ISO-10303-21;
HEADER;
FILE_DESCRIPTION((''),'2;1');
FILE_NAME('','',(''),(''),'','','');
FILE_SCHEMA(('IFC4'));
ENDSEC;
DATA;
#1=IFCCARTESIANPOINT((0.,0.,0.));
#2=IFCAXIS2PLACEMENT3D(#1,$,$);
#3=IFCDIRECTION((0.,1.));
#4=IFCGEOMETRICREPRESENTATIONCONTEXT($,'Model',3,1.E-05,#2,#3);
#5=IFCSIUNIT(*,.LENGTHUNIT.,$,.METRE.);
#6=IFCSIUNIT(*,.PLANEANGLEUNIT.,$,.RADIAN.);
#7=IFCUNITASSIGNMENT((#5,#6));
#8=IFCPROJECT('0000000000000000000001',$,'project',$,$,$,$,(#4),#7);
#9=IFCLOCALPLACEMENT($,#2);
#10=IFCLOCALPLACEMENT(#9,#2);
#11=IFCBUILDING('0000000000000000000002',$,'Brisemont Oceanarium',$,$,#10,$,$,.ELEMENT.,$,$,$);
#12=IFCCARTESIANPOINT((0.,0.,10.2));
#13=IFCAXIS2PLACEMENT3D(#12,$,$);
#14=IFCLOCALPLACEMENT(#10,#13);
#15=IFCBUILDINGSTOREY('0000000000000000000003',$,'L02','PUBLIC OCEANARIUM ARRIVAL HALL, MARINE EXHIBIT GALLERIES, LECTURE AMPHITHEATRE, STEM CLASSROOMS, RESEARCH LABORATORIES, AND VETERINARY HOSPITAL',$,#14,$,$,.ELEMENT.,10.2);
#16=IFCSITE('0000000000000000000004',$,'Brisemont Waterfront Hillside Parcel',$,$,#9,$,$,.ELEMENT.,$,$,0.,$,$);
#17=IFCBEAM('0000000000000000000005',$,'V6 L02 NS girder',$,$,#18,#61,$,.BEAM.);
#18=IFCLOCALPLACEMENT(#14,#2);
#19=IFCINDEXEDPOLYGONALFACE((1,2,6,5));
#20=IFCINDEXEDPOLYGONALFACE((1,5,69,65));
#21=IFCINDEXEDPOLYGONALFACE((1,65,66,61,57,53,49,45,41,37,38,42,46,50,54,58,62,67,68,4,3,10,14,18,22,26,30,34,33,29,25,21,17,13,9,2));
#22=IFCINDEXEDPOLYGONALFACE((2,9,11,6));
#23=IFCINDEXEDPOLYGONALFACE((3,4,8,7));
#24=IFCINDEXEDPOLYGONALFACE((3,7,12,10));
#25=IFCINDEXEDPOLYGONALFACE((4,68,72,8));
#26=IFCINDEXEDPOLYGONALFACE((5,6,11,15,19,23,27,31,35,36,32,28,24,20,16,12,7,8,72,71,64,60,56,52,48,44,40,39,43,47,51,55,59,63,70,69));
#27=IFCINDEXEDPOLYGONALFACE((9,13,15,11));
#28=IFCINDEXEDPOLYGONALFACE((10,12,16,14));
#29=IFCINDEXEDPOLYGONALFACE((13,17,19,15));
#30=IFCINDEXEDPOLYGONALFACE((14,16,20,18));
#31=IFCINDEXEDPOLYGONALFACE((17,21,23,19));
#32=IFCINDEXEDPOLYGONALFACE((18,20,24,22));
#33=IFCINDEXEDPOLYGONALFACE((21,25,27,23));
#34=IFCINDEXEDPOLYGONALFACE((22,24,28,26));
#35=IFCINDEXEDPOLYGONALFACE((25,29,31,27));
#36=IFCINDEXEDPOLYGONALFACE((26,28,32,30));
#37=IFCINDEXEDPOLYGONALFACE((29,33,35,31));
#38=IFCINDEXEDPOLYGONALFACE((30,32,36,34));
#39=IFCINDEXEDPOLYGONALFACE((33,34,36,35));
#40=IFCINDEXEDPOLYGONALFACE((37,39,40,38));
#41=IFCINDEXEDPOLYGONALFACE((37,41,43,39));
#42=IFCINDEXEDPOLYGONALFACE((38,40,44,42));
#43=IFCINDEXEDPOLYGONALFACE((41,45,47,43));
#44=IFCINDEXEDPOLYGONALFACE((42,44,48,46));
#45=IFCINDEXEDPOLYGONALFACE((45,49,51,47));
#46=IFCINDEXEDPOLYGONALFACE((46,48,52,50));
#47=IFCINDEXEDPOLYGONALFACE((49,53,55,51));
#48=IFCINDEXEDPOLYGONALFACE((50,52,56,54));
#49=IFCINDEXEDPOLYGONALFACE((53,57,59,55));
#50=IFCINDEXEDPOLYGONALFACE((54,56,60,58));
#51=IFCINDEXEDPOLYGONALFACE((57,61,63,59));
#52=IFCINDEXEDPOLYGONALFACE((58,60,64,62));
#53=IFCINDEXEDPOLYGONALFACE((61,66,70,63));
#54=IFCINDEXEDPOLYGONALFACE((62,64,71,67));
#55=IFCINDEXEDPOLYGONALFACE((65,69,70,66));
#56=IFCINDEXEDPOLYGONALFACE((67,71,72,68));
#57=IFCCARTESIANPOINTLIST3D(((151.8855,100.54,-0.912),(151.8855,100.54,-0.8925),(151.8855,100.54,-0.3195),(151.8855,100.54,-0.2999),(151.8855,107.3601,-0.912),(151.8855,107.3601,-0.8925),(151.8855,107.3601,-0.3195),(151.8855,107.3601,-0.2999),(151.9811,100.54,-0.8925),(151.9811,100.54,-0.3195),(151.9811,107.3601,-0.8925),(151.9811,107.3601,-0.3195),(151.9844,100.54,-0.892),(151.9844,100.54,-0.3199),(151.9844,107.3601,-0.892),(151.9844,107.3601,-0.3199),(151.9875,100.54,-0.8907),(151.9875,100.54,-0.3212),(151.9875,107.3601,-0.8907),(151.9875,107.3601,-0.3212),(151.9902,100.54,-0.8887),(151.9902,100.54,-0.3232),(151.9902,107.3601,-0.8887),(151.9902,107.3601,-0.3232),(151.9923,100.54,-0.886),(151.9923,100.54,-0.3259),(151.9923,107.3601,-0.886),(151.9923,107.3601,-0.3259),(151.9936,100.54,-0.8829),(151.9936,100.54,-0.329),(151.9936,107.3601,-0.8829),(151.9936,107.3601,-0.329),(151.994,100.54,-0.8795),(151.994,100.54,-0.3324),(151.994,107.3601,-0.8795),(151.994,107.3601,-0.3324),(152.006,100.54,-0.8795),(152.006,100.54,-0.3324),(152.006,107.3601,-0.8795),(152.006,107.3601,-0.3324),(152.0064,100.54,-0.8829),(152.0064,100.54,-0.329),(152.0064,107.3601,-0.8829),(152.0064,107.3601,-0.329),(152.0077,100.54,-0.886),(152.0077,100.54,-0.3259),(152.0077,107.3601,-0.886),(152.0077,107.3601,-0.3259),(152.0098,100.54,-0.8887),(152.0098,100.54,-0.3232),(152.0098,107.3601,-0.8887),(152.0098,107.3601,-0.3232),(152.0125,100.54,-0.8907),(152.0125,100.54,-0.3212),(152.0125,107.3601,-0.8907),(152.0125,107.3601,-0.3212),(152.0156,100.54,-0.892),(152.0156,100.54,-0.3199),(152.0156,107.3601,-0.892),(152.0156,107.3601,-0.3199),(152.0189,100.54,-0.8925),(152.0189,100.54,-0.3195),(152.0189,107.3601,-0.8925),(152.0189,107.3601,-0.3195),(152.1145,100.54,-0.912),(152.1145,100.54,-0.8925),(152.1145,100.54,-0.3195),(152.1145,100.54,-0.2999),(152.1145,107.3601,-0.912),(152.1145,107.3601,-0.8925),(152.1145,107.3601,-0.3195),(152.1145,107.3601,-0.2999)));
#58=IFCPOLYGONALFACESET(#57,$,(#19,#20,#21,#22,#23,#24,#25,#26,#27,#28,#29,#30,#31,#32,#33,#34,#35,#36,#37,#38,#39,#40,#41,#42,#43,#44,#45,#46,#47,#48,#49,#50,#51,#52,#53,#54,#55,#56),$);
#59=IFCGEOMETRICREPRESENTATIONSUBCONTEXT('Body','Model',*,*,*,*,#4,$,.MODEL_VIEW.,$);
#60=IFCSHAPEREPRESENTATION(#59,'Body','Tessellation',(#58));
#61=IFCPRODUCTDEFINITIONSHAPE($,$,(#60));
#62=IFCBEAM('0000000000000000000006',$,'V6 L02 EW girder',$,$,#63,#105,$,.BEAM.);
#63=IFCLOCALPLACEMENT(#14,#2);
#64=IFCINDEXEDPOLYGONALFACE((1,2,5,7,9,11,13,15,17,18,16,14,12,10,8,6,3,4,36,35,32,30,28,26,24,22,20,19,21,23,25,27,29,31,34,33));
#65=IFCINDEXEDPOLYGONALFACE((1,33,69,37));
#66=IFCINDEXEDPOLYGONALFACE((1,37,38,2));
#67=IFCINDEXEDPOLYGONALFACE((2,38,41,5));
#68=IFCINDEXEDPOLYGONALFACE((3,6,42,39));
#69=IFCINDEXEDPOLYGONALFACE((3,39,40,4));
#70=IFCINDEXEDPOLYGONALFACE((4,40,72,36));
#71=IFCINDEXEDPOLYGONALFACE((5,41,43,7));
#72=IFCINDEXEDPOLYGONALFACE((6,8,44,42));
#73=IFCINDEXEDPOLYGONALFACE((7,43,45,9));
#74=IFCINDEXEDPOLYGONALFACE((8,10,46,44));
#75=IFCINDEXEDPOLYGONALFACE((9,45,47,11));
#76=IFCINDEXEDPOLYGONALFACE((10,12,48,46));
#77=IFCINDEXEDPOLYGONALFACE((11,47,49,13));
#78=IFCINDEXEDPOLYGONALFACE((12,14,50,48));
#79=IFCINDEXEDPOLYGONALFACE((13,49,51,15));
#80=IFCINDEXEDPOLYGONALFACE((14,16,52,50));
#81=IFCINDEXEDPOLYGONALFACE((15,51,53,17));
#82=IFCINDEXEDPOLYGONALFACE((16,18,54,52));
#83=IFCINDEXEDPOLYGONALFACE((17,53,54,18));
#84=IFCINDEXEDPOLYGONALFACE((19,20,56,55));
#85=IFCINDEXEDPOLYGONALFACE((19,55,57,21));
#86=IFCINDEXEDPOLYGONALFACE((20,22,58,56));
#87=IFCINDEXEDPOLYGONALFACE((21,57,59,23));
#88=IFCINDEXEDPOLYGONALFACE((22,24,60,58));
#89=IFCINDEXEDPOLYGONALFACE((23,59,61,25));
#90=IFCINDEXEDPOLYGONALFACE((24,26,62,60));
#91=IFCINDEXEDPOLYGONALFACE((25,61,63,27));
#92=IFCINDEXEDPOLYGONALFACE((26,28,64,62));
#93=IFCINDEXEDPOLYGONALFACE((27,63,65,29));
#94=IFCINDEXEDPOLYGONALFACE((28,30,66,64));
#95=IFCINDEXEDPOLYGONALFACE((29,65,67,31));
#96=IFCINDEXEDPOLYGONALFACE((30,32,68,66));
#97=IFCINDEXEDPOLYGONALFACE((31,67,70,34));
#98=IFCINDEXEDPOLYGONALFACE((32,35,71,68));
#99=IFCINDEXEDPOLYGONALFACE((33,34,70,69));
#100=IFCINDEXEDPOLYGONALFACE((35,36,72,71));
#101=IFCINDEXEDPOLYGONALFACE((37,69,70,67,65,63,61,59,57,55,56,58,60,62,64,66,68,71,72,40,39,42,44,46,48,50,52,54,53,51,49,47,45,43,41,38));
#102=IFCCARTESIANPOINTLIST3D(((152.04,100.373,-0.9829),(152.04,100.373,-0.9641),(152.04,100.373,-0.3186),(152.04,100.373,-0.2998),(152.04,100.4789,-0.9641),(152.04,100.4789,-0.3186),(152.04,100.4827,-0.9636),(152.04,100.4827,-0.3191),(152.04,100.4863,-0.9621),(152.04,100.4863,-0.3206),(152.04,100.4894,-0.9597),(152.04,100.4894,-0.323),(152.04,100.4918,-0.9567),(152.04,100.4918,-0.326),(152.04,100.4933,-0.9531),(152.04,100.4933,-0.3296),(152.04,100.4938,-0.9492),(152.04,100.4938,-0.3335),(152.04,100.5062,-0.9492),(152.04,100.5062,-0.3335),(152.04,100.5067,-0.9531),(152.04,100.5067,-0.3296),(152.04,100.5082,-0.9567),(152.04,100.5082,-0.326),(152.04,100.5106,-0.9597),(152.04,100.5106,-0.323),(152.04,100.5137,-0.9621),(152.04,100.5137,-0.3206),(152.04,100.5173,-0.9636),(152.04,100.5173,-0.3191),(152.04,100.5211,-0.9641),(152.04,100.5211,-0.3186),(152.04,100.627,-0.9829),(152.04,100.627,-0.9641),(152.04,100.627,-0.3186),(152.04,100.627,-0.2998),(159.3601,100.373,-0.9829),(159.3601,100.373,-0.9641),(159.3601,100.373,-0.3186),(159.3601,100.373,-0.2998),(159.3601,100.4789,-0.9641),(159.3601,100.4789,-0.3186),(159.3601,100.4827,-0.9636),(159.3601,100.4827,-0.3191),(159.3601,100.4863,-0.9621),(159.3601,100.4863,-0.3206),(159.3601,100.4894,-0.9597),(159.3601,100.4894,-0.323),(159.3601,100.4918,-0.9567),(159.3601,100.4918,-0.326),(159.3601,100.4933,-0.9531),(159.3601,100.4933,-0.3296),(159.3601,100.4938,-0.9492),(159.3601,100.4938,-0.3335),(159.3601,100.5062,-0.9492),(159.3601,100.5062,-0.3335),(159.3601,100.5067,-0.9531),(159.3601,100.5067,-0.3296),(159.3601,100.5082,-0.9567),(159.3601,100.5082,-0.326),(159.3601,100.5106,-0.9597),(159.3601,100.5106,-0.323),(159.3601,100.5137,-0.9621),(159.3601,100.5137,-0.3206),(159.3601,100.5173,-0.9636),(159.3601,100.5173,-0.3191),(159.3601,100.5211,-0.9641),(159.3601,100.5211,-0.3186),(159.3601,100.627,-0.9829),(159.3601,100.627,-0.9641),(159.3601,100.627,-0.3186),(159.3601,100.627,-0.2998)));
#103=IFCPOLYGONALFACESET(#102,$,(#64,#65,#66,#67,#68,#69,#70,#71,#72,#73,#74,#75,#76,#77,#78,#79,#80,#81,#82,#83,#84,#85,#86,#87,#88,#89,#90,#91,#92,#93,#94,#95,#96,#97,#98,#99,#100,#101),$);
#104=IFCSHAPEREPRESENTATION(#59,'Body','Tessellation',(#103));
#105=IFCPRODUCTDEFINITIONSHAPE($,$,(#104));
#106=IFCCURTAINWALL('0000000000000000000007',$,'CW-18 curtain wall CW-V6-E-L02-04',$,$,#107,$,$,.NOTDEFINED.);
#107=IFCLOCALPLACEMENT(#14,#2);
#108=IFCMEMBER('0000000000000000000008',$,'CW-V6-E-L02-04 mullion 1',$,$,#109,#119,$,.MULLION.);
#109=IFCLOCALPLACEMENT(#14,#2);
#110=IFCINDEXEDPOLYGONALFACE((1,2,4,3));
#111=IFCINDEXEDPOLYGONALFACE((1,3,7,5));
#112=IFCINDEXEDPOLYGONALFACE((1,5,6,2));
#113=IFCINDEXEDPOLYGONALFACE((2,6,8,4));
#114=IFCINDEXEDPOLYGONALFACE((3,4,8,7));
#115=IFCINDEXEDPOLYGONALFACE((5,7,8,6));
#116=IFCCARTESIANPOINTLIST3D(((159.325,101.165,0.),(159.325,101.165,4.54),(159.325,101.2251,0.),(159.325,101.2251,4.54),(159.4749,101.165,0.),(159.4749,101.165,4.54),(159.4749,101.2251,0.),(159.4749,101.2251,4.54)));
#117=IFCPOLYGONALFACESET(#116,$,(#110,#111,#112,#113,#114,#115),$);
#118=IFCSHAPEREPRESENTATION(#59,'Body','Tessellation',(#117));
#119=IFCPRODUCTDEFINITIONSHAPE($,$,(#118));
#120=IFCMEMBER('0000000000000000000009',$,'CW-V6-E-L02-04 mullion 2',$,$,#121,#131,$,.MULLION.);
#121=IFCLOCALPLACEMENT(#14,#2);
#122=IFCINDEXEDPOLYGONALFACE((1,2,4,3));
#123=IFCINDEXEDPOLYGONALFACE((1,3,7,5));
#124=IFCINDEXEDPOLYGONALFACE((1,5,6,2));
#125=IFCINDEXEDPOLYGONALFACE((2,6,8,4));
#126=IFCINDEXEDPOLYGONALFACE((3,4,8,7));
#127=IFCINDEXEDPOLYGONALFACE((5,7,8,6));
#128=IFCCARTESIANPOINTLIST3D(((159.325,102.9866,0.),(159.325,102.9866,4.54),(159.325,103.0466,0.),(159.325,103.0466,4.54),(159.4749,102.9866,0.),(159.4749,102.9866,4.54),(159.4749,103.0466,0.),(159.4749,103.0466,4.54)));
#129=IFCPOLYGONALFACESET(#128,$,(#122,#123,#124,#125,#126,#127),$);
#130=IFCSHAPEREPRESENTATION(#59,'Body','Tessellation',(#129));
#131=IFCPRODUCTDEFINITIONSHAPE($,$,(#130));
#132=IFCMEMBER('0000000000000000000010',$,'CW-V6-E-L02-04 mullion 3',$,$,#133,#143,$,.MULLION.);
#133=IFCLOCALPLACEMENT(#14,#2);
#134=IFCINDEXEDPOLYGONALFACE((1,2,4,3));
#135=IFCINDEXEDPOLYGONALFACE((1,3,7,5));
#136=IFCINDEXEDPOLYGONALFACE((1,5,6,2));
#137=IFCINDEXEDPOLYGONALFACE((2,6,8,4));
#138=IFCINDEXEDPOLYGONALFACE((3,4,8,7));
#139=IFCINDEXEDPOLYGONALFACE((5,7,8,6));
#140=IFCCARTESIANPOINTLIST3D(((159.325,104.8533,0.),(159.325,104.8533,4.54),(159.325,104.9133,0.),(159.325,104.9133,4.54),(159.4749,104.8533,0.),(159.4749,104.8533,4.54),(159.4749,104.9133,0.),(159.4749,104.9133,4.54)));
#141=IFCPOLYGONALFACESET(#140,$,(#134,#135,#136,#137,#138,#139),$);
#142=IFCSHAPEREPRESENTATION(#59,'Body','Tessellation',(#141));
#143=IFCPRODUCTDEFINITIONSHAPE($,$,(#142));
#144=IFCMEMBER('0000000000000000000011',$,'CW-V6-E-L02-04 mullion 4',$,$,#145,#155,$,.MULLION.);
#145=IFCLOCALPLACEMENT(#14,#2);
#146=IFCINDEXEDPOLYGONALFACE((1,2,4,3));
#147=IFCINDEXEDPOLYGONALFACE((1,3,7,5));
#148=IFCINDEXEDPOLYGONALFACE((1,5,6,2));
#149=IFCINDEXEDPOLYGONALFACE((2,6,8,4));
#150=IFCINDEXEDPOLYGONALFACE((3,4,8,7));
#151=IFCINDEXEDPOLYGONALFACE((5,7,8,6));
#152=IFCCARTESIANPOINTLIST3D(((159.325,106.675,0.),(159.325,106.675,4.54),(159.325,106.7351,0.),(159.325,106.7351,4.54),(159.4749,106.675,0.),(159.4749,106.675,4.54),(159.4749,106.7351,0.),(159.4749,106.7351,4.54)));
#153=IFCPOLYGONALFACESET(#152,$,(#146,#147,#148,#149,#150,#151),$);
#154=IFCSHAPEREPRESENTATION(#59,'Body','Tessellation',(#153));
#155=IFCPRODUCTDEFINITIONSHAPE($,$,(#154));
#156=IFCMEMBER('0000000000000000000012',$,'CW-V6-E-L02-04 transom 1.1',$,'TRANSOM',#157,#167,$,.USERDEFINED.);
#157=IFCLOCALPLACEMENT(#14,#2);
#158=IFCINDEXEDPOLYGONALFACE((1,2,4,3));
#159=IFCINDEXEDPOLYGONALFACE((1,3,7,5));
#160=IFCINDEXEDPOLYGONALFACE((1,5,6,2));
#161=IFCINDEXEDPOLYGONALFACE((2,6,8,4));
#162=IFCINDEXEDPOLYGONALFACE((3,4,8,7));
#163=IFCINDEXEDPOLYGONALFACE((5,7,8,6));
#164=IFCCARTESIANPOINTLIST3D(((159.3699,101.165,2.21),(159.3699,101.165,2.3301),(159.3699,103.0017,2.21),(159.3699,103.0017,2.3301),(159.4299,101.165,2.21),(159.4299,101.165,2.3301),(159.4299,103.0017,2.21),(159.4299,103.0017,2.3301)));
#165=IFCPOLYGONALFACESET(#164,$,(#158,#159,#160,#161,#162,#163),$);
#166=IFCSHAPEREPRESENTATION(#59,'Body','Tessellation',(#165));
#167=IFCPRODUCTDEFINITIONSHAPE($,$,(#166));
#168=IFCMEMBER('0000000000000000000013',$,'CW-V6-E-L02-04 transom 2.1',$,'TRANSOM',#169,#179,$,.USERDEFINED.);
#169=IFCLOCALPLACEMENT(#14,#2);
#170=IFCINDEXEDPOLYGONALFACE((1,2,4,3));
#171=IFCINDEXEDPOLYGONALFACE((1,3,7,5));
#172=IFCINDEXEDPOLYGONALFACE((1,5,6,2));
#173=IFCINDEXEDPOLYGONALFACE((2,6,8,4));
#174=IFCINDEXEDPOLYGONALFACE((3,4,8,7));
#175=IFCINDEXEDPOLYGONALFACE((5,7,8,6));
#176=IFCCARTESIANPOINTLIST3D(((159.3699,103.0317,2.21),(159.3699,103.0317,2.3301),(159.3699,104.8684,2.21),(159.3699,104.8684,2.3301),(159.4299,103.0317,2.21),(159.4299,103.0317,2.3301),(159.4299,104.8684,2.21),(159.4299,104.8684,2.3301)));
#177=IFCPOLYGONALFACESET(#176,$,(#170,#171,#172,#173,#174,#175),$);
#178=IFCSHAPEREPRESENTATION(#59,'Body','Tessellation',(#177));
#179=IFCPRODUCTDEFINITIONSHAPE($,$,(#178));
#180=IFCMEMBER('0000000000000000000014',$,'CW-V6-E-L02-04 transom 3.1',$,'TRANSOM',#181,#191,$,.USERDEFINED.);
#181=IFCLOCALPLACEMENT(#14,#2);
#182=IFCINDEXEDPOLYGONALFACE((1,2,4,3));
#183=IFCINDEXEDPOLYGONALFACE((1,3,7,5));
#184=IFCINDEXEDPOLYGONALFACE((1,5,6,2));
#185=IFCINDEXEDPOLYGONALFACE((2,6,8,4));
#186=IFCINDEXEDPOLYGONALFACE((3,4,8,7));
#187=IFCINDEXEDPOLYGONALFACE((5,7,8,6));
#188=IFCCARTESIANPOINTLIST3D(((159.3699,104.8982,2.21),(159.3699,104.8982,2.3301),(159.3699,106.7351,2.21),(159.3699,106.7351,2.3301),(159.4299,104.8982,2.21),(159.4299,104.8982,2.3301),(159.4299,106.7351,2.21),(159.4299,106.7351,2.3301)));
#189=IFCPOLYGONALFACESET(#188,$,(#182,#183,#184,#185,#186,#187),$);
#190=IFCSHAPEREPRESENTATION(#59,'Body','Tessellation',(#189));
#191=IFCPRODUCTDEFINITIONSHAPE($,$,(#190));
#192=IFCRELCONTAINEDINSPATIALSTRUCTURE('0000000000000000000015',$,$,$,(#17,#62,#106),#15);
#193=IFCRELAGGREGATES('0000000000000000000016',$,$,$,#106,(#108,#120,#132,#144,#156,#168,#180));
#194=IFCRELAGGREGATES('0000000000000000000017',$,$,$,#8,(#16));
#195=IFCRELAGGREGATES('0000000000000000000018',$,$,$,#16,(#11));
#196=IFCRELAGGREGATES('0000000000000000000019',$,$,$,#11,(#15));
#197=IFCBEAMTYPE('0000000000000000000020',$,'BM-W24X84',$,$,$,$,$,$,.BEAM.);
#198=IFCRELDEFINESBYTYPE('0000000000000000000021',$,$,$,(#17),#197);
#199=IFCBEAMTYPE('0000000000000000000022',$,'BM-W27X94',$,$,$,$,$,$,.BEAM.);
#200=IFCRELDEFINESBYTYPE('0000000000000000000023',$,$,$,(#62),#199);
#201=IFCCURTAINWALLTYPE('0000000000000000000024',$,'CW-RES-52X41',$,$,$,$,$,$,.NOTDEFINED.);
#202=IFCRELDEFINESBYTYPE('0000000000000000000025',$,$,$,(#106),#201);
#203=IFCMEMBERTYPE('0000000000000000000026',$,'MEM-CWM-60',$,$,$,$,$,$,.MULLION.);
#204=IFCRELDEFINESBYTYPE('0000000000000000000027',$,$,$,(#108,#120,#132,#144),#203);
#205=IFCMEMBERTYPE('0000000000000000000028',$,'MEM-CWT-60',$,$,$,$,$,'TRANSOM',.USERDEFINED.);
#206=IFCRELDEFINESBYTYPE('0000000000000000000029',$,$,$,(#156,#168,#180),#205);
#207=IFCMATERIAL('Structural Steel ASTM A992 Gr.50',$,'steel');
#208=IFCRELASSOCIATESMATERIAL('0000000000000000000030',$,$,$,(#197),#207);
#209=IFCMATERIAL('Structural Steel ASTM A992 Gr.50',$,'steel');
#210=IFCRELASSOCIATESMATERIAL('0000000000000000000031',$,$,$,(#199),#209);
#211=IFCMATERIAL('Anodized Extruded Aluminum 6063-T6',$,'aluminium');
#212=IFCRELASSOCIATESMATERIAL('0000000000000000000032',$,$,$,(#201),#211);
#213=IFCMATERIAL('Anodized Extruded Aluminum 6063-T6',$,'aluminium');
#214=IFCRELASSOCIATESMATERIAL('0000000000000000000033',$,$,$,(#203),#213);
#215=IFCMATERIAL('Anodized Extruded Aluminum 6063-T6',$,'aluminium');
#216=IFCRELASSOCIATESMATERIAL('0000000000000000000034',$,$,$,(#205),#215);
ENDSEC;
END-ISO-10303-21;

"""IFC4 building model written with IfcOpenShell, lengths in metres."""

from ifc_helpers import new_model, si_unit, direction, frame, origin, origin_2d, place, context, subcontext, project, spatial, rectangle, i_section, extrude, material, material_profile, profile_set, type_object, element, aggregate, save


model = new_model("IFC4")

# Units and contexts
model_context = context("Model", 3, precision=1e-05, world=origin(), true_north=direction((0.0, 1.0)))
body_context = subcontext(model_context, "Body", "Model", "MODEL_VIEW")
ifc_project = project(units=[si_unit("LENGTHUNIT", "METRE"), si_unit("PLANEANGLEUNIT", "RADIAN")], contexts=[model_context])

# Site, building, storey
site_placement = place(None, origin())
site = spatial("IfcSite", under=ifc_project, at=site_placement, Name="Brisemont Waterfront Hillside Parcel", CompositionType="ELEMENT", RefElevation=0.0)
building_placement = place(site_placement, origin())
building = spatial("IfcBuilding", under=site, at=building_placement, Name="Brisemont Oceanarium", CompositionType="ELEMENT")
storey_placement = place(building_placement, frame((0.0, 0.0, 10.2)))
storey = spatial("IfcBuildingStorey", under=building, at=storey_placement, Name="L02", Description="PUBLIC OCEANARIUM ARRIVAL HALL, MARINE EXHIBIT GALLERIES, LECTURE AMPHITHEATRE, STEM CLASSROOMS, RESEARCH LABORATORIES, AND VETERINARY HOSPITAL", CompositionType="ELEMENT", Elevation=10.2)

# Beams
ifc_material_1 = material(Name="Structural Steel ASTM A992 Gr.50", Category="steel")
ifc_material_profile_1 = material_profile(ifc_material_1, i_section(OverallWidth=0.229, OverallDepth=0.6121, WebThickness=0.012, FlangeThickness=0.0195, FilletRadius=0.0129, at=origin_2d()), Name="W24X84")
ifc_profile_set_1 = profile_set([ifc_material_profile_1], Name="Structural Steel ASTM A992 Gr.50")
beam_type_1 = type_object("IfcBeamType", Name="BM-W24X84", PredefinedType="BEAM", material=ifc_profile_set_1)
beam_1_placement = place(storey_placement, frame((152.0, 100.54, -0.606), z_axis=(0.0, 1.0, 0.0), x_axis=(-1.0, 0.0, 0.0)))
element("IfcBeam", 1, at=beam_1_placement, inside=storey, type_object=beam_type_1, Name="V6 L02 NS girder", PredefinedType="BEAM", context=body_context, shape_type="SweptSolid", body=[
    extrude(i_section(OverallWidth=0.229, OverallDepth=0.6121, WebThickness=0.012, FlangeThickness=0.0195, FilletRadius=0.0129, at=origin_2d()), origin(), (0.0, 0.0, 1.0), 6.8201),
])
ifc_material_2 = material(Name="Structural Steel ASTM A992 Gr.50", Category="steel")
ifc_material_profile_2 = material_profile(ifc_material_2, i_section(OverallWidth=0.2539, OverallDepth=0.6831, WebThickness=0.0125, FlangeThickness=0.0188, FilletRadius=0.0149, at=origin_2d()), Name="W27X94")
ifc_profile_set_2 = profile_set([ifc_material_profile_2], Name="Structural Steel ASTM A992 Gr.50")
beam_type_2 = type_object("IfcBeamType", Name="BM-W27X94", PredefinedType="BEAM", material=ifc_profile_set_2)
beam_2_placement = place(storey_placement, frame((152.04, 100.5, -0.6414), z_axis=(1.0, 0.0, 0.0), x_axis=(0.0, 1.0, 0.0)))
element("IfcBeam", 2, at=beam_2_placement, inside=storey, type_object=beam_type_2, Name="V6 L02 EW girder", PredefinedType="BEAM", context=body_context, shape_type="SweptSolid", body=[
    extrude(i_section(OverallWidth=0.2539, OverallDepth=0.6831, WebThickness=0.0125, FlangeThickness=0.0188, FilletRadius=0.0149, at=origin_2d()), origin(), (0.0, 0.0, 1.0), 7.3201),
])

# Curtain wall, members
ifc_material_3 = material(Name="Anodized Extruded Aluminum 6063-T6", Category="aluminium")
curtain_wall_type = type_object("IfcCurtainWallType", Name="CW-RES-52X41", PredefinedType="NOTDEFINED", material=ifc_material_3)
curtain_wall_placement = place(storey_placement, origin())
curtain_wall = element("IfcCurtainWall", 3, at=curtain_wall_placement, inside=storey, type_object=curtain_wall_type, Name="CW-18 curtain wall CW-V6-E-L02-04", PredefinedType="NOTDEFINED")
ifc_material_4 = material(Name="Anodized Extruded Aluminum 6063-T6", Category="aluminium")
ifc_material_profile_3 = material_profile(ifc_material_4, rectangle(XDim=0.0601, YDim=0.1499, at=origin_2d()), Name="CWM-60X150")
ifc_profile_set_3 = profile_set([ifc_material_profile_3], Name="Anodized Extruded Aluminum 6063-T6")
member_type_1 = type_object("IfcMemberType", Name="MEM-CWM-60", PredefinedType="MULLION", material=ifc_profile_set_3)
member_1_placement = place(storey_placement, frame((159.3999, 101.1951, 0.0), z_axis=(0.0, 0.0, 1.0), x_axis=(0.0, 1.0, 0.0)))
member_1 = element("IfcMember", 4, at=member_1_placement, type_object=member_type_1, Name="CW-V6-E-L02-04 mullion 1", PredefinedType="MULLION", context=body_context, shape_type="SweptSolid", body=[
    extrude(rectangle(XDim=0.0601, YDim=0.1499, at=origin_2d()), origin(), (0.0, 0.0, 1.0), 4.54),
])
member_2_placement = place(storey_placement, frame((159.3999, 103.0166, 0.0), z_axis=(0.0, 0.0, 1.0), x_axis=(0.0, 1.0, 0.0)))
member_2 = element("IfcMember", 5, at=member_2_placement, type_object=member_type_1, Name="CW-V6-E-L02-04 mullion 2", PredefinedType="MULLION", context=body_context, shape_type="SweptSolid", body=[
    extrude(rectangle(XDim=0.0601, YDim=0.1499, at=origin_2d()), origin(), (0.0, 0.0, 1.0), 4.54),
])
member_3_placement = place(storey_placement, frame((159.3999, 104.8833, 0.0), z_axis=(0.0, 0.0, 1.0), x_axis=(0.0, 1.0, 0.0)))
member_3 = element("IfcMember", 6, at=member_3_placement, type_object=member_type_1, Name="CW-V6-E-L02-04 mullion 3", PredefinedType="MULLION", context=body_context, shape_type="SweptSolid", body=[
    extrude(rectangle(XDim=0.0601, YDim=0.1499, at=origin_2d()), origin(), (0.0, 0.0, 1.0), 4.54),
])
member_4_placement = place(storey_placement, frame((159.3999, 106.7051, 0.0), z_axis=(0.0, 0.0, 1.0), x_axis=(0.0, 1.0, 0.0)))
member_4 = element("IfcMember", 7, at=member_4_placement, type_object=member_type_1, Name="CW-V6-E-L02-04 mullion 4", PredefinedType="MULLION", context=body_context, shape_type="SweptSolid", body=[
    extrude(rectangle(XDim=0.0601, YDim=0.1499, at=origin_2d()), origin(), (0.0, 0.0, 1.0), 4.54),
])
ifc_material_5 = material(Name="Anodized Extruded Aluminum 6063-T6", Category="aluminium")
ifc_material_profile_4 = material_profile(ifc_material_5, rectangle(XDim=0.0601, YDim=0.1201, at=origin_2d()), Name="CWT-60X120")
ifc_profile_set_4 = profile_set([ifc_material_profile_4], Name="Anodized Extruded Aluminum 6063-T6")
member_type_2 = type_object("IfcMemberType", Name="MEM-CWT-60", ElementType="TRANSOM", PredefinedType="USERDEFINED", material=ifc_profile_set_4)
member_5_placement = place(storey_placement, frame((159.3999, 101.165, 2.27), z_axis=(0.0, 1.0, 0.0), x_axis=(-1.0, 0.0, 0.0)))
member_5 = element("IfcMember", 8, at=member_5_placement, type_object=member_type_2, Name="CW-V6-E-L02-04 transom 1.1", ObjectType="TRANSOM", PredefinedType="USERDEFINED", context=body_context, shape_type="SweptSolid", body=[
    extrude(rectangle(XDim=0.0601, YDim=0.1201, at=origin_2d()), origin(), (0.0, 0.0, 1.0), 1.8367),
])
member_6_placement = place(storey_placement, frame((159.3999, 103.0317, 2.27), z_axis=(0.0, 1.0, 0.0), x_axis=(-1.0, 0.0, 0.0)))
member_6 = element("IfcMember", 9, at=member_6_placement, type_object=member_type_2, Name="CW-V6-E-L02-04 transom 2.1", ObjectType="TRANSOM", PredefinedType="USERDEFINED", context=body_context, shape_type="SweptSolid", body=[
    extrude(rectangle(XDim=0.0601, YDim=0.1201, at=origin_2d()), origin(), (0.0, 0.0, 1.0), 1.8367),
])
member_7_placement = place(storey_placement, frame((159.3999, 104.8982, 2.27), z_axis=(0.0, 1.0, 0.0), x_axis=(-1.0, 0.0, 0.0)))
member_7 = element("IfcMember", 10, at=member_7_placement, type_object=member_type_2, Name="CW-V6-E-L02-04 transom 3.1", ObjectType="TRANSOM", PredefinedType="USERDEFINED", context=body_context, shape_type="SweptSolid", body=[
    extrude(rectangle(XDim=0.0601, YDim=0.1201, at=origin_2d()), origin(), (0.0, 0.0, 1.0), 1.8369),
])
aggregate(curtain_wall, [member_1, member_2, member_3, member_4, member_5, member_6, member_7])

save(model, "model.ifc")
